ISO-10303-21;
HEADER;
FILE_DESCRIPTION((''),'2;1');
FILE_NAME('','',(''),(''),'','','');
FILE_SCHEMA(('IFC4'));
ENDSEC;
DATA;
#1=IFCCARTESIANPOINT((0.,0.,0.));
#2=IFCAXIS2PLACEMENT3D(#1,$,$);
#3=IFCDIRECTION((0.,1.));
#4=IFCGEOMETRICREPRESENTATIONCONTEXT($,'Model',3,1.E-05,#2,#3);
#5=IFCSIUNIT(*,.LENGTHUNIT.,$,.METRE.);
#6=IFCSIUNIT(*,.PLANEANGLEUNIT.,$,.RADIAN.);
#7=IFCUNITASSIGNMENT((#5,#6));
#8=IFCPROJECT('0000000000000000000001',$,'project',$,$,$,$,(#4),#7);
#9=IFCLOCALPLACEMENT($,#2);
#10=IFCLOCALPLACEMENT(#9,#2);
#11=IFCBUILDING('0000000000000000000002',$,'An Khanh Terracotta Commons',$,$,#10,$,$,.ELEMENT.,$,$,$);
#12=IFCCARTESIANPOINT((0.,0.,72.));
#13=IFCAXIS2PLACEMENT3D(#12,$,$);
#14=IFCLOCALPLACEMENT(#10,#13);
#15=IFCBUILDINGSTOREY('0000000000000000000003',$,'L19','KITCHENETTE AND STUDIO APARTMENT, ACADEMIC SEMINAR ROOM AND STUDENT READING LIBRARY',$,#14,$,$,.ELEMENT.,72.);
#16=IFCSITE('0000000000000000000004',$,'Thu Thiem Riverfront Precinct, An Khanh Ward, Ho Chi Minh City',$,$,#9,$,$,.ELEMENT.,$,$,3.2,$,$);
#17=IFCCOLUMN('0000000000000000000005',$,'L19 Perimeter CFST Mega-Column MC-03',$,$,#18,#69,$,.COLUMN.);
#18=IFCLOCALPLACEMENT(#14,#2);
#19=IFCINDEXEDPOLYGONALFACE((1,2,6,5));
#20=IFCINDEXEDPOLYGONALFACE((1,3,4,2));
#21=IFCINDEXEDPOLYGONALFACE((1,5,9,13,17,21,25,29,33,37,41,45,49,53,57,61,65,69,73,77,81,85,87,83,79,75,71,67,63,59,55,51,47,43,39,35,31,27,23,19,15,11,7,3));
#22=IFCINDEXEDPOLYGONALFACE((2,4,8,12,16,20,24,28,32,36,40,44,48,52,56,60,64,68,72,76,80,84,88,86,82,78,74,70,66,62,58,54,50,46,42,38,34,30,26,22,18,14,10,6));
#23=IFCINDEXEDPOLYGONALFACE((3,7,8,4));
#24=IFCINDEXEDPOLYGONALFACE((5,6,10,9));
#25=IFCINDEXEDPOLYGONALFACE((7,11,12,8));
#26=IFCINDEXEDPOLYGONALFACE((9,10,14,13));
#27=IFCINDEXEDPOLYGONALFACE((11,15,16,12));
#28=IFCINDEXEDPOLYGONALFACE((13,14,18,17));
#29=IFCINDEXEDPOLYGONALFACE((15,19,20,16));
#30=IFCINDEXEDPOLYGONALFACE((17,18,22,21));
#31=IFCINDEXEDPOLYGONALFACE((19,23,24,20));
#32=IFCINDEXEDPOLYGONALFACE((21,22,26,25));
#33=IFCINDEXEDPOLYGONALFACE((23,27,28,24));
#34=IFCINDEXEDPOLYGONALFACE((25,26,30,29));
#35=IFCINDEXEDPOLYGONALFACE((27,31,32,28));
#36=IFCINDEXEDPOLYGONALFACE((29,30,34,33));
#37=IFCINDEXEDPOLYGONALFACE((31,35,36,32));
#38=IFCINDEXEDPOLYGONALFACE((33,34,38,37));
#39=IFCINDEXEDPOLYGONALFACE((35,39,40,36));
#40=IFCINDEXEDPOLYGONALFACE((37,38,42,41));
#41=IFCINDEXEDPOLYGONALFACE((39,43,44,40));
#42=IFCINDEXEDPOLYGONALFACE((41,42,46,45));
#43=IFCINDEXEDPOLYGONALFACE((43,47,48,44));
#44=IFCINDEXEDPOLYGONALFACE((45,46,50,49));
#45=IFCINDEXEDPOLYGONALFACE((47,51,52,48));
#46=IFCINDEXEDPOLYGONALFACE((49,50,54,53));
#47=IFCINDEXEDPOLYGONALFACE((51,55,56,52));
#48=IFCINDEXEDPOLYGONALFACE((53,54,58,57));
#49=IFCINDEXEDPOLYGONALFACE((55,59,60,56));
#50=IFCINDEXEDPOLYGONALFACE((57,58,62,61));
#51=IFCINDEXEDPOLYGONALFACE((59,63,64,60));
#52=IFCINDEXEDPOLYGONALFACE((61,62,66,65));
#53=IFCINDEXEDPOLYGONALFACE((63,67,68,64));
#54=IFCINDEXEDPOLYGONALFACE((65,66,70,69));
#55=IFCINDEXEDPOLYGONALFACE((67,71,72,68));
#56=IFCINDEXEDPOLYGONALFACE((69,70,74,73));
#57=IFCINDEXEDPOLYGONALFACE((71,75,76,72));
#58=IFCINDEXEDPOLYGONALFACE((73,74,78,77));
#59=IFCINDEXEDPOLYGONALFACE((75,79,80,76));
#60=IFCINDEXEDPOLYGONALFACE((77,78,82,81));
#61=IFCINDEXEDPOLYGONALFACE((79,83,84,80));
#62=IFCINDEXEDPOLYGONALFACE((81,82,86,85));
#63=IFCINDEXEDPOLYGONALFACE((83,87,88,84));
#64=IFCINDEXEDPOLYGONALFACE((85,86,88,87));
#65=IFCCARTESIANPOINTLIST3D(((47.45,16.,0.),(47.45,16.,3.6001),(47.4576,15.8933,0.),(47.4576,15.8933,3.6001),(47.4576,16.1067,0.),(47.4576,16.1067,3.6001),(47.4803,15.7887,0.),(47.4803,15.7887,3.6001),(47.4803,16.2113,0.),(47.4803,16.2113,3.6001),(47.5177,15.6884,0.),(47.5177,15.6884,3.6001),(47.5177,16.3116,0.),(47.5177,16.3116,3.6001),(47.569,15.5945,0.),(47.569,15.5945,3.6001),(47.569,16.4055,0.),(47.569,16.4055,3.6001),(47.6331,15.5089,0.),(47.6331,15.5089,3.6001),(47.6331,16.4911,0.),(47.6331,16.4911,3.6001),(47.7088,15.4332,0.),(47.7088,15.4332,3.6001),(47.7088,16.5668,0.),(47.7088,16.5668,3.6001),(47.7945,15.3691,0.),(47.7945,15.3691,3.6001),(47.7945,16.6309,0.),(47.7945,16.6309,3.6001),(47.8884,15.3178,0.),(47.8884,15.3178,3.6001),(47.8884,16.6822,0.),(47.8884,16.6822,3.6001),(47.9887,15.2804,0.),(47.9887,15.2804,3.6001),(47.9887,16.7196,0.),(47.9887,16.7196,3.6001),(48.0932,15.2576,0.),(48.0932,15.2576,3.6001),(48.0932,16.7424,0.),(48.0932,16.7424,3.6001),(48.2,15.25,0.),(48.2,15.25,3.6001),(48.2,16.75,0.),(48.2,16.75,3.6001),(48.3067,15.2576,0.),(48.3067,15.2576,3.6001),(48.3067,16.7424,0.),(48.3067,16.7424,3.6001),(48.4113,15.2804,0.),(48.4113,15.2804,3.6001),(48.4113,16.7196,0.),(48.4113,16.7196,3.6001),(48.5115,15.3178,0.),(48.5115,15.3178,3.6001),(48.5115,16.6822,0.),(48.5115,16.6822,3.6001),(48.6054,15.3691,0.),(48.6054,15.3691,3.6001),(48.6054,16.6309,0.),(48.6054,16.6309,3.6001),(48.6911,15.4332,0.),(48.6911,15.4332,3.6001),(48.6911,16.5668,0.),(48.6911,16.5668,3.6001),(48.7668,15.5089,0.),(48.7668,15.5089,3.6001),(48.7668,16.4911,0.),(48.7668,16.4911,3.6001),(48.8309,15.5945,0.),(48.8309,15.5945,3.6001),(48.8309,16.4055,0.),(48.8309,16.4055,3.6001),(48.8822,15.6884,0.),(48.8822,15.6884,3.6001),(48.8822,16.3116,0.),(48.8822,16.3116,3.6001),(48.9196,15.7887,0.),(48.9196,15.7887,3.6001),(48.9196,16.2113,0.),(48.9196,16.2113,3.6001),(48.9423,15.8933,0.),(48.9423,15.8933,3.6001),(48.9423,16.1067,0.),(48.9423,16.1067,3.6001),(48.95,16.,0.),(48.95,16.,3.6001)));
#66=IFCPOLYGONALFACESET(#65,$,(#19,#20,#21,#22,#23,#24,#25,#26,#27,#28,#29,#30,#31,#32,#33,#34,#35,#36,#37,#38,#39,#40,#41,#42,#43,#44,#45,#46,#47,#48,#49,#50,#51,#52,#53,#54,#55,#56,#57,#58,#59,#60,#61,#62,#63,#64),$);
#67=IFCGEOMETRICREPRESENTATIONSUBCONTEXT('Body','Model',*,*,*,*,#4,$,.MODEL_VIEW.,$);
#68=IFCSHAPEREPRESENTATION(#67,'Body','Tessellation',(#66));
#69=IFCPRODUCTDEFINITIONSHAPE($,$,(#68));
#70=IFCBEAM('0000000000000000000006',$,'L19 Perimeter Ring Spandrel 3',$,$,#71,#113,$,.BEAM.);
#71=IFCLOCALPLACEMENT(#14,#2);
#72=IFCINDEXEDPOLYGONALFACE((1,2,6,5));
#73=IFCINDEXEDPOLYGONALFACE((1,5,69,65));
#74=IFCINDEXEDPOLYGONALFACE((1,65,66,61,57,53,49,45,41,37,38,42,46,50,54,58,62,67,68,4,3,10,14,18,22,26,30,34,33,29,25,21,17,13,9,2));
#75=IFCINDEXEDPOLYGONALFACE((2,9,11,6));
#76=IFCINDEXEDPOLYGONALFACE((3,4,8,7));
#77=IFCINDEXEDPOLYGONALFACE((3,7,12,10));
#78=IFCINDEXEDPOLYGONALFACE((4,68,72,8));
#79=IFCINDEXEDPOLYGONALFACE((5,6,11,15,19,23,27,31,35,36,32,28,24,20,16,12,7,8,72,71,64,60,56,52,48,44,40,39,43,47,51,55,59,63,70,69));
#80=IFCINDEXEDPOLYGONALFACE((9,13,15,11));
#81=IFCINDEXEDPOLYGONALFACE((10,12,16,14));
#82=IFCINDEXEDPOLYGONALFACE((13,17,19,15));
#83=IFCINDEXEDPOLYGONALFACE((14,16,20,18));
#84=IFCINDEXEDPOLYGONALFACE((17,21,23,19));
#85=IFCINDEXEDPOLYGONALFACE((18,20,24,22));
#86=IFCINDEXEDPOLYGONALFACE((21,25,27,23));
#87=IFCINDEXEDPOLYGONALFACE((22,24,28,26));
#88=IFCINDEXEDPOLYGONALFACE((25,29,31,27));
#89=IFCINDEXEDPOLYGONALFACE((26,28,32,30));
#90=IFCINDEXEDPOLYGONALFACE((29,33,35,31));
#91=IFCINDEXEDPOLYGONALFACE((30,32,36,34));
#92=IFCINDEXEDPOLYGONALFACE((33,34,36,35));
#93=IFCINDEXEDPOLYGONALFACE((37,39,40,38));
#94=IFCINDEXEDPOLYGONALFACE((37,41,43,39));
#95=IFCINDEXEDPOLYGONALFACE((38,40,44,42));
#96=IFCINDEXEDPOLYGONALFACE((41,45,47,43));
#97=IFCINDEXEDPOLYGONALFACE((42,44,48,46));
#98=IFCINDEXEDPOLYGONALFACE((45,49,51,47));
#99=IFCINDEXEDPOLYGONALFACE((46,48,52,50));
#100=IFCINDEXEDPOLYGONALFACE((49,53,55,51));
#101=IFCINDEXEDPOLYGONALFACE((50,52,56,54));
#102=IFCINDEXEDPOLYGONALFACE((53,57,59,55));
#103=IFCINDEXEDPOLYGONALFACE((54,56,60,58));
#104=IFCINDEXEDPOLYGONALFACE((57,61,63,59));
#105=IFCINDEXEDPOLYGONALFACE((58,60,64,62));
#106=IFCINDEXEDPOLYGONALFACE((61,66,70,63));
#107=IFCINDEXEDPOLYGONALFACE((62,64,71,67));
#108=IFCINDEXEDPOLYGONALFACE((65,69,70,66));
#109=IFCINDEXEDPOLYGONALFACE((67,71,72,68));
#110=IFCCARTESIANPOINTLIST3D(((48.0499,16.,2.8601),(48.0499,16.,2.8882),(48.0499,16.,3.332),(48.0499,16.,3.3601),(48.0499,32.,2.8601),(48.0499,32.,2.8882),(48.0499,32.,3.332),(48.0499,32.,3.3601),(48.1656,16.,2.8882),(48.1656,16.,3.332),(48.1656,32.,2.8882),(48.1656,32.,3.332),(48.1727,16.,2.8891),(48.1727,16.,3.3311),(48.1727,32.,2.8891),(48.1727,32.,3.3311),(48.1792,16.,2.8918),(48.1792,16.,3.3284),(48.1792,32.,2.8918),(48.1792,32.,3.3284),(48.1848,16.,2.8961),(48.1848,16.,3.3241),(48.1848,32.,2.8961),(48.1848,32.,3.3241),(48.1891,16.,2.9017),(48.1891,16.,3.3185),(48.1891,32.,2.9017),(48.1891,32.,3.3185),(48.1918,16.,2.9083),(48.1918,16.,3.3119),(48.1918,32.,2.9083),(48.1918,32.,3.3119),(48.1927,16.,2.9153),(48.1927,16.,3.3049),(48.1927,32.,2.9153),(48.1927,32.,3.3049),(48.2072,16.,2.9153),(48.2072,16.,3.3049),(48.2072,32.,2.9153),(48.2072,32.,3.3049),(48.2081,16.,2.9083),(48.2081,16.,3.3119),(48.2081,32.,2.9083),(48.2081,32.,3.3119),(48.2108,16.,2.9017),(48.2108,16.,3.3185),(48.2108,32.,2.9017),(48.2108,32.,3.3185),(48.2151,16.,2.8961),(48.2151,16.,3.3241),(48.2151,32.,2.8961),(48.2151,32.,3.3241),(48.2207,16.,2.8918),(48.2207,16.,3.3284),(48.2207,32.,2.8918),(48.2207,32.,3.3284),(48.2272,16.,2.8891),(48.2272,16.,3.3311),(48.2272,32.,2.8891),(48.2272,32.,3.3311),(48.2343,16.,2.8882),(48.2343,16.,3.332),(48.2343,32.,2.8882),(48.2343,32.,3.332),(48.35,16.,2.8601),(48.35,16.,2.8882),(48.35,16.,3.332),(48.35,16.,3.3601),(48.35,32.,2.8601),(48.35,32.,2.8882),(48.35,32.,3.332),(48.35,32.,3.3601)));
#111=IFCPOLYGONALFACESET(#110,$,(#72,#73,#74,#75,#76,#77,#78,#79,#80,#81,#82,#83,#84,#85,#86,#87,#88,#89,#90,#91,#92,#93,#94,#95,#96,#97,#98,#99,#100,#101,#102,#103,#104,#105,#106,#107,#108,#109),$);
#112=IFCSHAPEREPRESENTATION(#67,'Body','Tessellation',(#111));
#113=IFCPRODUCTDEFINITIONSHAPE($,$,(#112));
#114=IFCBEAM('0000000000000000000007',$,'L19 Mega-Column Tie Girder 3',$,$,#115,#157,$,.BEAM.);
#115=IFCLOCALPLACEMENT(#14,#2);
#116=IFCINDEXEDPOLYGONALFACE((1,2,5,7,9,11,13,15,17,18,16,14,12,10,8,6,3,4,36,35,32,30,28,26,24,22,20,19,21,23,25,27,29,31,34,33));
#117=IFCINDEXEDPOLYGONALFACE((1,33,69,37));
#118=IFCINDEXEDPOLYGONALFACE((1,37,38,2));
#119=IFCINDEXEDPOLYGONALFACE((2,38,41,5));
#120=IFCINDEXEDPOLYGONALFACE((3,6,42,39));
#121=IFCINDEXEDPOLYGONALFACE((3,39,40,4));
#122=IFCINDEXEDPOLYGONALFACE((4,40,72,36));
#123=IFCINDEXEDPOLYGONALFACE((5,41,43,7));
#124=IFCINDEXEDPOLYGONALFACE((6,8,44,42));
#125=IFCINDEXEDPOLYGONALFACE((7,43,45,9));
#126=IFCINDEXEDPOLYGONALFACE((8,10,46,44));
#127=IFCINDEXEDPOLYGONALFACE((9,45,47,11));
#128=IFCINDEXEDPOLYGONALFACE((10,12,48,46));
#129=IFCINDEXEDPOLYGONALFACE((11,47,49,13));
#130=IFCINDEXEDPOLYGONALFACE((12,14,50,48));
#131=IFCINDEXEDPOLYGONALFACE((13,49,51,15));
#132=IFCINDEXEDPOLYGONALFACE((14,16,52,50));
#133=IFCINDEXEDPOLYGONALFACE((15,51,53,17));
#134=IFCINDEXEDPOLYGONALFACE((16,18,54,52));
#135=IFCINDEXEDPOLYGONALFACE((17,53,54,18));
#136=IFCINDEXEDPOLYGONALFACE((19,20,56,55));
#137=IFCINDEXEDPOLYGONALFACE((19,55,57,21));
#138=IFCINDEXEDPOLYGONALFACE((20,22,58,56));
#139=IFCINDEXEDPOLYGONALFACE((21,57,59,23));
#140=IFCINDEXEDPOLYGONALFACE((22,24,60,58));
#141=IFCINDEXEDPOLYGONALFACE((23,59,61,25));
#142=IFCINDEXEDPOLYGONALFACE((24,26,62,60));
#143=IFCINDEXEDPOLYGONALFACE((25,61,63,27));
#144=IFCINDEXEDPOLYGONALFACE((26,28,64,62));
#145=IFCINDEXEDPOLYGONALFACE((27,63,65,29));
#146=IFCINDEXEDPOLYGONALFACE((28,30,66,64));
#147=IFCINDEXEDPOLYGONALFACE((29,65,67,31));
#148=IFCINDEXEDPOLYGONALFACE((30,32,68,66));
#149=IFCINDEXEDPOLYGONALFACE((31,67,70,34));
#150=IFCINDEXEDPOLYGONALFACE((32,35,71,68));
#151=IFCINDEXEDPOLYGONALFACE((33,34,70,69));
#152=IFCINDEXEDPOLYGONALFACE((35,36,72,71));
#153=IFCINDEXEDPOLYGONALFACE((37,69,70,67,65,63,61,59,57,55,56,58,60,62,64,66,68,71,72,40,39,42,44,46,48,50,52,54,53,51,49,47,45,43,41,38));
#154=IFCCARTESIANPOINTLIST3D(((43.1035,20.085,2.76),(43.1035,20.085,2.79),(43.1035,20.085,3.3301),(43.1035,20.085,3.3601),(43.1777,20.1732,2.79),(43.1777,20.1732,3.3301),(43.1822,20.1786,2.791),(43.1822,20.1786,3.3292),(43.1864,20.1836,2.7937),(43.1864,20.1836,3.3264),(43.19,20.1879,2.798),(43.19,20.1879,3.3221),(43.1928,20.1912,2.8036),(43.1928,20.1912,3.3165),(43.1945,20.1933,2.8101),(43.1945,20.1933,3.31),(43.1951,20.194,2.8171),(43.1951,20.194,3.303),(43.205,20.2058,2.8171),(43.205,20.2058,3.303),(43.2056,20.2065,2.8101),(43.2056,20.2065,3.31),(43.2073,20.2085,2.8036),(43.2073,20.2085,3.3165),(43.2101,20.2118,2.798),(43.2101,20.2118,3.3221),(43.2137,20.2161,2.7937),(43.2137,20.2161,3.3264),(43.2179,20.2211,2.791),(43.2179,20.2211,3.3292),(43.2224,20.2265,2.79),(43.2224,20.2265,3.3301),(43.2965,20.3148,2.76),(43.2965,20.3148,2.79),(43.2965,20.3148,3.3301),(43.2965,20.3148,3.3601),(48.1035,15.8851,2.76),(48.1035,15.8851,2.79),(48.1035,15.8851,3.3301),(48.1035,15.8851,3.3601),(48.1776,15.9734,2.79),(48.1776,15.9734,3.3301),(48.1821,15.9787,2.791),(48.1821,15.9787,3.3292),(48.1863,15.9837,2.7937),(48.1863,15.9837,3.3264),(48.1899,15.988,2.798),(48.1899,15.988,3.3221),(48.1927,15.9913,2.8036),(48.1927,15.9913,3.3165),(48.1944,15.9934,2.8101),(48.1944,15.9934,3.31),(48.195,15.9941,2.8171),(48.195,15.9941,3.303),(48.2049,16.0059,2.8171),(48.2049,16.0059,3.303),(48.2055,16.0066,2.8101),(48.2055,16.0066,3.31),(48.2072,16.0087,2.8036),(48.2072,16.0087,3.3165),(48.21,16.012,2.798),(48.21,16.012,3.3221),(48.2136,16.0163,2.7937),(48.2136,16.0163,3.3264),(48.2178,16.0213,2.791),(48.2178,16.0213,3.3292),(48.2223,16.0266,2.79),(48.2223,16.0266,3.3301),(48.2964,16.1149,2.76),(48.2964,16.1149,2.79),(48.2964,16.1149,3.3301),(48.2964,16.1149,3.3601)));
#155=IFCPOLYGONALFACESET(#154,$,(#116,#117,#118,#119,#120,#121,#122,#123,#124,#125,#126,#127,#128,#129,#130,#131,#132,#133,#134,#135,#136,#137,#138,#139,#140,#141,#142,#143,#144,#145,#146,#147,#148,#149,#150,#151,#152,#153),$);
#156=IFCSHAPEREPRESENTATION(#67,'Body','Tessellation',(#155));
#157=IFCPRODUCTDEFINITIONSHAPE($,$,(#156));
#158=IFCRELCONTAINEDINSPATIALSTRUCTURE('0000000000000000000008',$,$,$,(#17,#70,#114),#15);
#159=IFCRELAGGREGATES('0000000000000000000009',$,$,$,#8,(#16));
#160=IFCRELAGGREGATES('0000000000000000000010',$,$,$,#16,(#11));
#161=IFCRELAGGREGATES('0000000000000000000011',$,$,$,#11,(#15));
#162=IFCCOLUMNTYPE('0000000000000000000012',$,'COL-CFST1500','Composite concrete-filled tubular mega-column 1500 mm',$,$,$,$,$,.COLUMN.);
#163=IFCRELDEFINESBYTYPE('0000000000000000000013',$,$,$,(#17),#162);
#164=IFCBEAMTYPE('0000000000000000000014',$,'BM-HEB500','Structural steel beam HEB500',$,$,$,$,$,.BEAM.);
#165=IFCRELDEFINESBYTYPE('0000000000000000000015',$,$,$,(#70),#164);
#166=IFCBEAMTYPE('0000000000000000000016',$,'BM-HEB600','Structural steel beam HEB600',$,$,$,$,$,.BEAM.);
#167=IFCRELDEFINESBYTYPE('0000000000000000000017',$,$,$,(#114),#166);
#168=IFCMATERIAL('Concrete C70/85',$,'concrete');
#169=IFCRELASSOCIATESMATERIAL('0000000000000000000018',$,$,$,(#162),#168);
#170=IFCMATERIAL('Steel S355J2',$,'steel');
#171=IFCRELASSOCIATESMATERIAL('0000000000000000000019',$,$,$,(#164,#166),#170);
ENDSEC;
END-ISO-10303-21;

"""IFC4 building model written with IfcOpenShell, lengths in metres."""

from ifc_helpers import new_model, si_unit, direction, frame, origin, origin_2d, place, context, subcontext, project, spatial, circle, i_section, extrude, material, material_profile, profile_set, type_object, element, save


model = new_model("IFC4")

# Units and contexts
model_context = context("Model", 3, precision=1e-05, world=origin(), true_north=direction((0.0, 1.0)))
body_context = subcontext(model_context, "Body", "Model", "MODEL_VIEW")
ifc_project = project(units=[si_unit("LENGTHUNIT", "METRE"), si_unit("PLANEANGLEUNIT", "RADIAN")], contexts=[model_context])

# Site, building, storey
site_placement = place(None, origin())
site = spatial("IfcSite", under=ifc_project, at=site_placement, Name="Thu Thiem Riverfront Precinct, An Khanh Ward, Ho Chi Minh City", CompositionType="ELEMENT", RefElevation=3.2)
building_placement = place(site_placement, origin())
building = spatial("IfcBuilding", under=site, at=building_placement, Name="An Khanh Terracotta Commons", CompositionType="ELEMENT")
storey_placement = place(building_placement, frame((0.0, 0.0, 72.0)))
storey = spatial("IfcBuildingStorey", under=building, at=storey_placement, Name="L19", Description="KITCHENETTE AND STUDIO APARTMENT, ACADEMIC SEMINAR ROOM AND STUDENT READING LIBRARY", CompositionType="ELEMENT", Elevation=72.0)

# Column
ifc_material_1 = material(Name="Concrete C70/85", Category="concrete")
ifc_material_profile_1 = material_profile(ifc_material_1, circle(Radius=0.75, at=origin_2d()), Name="CFST1500")
ifc_profile_set_1 = profile_set([ifc_material_profile_1], Name="Concrete C70/85")
column_type = type_object("IfcColumnType", Name="COL-CFST1500", Description="Composite concrete-filled tubular mega-column 1500 mm", PredefinedType="COLUMN", material=ifc_profile_set_1)
column_placement = place(storey_placement, frame((48.2, 16.0, 0.0), z_axis=(0.0, 0.0, 1.0), x_axis=(1.0, 0.0, 0.0)))
element("IfcColumn", 1, at=column_placement, inside=storey, type_object=column_type, Name="L19 Perimeter CFST Mega-Column MC-03", PredefinedType="COLUMN", context=body_context, shape_type="SweptSolid", body=[
    extrude(circle(Radius=0.75, at=origin_2d()), origin(), (0.0, 0.0, 1.0), 3.6001),
])

# Beams
ifc_material_2 = material(Name="Steel S355J2", Category="steel")
ifc_material_profile_2 = material_profile(ifc_material_2, i_section(OverallWidth=0.3, OverallDepth=0.5, WebThickness=0.0144, FlangeThickness=0.0281, FilletRadius=0.0271, at=origin_2d()), Name="HEB500")
ifc_profile_set_2 = profile_set([ifc_material_profile_2], Name="Steel S355J2")
beam_type_1 = type_object("IfcBeamType", Name="BM-HEB500", Description="Structural steel beam HEB500", PredefinedType="BEAM", material=ifc_profile_set_2)
beam_1_placement = place(storey_placement, frame((48.2, 16.0, 3.1101), z_axis=(0.0, 1.0, 0.0), x_axis=(-1.0, 0.0, 0.0)))
element("IfcBeam", 2, at=beam_1_placement, inside=storey, type_object=beam_type_1, Name="L19 Perimeter Ring Spandrel 3", PredefinedType="BEAM", context=body_context, shape_type="SweptSolid", body=[
    extrude(i_section(OverallWidth=0.3, OverallDepth=0.5, WebThickness=0.0144, FlangeThickness=0.0281, FilletRadius=0.0271, at=origin_2d()), origin(), (0.0, 0.0, 1.0), 16.0),
])
ifc_material_profile_3 = material_profile(ifc_material_2, i_section(OverallWidth=0.3, OverallDepth=0.6001, WebThickness=0.0154, FlangeThickness=0.03, FilletRadius=0.0271, at=origin_2d()), Name="HEB600")
ifc_profile_set_3 = profile_set([ifc_material_profile_3], Name="Steel S355J2")
beam_type_2 = type_object("IfcBeamType", Name="BM-HEB600", Description="Structural steel beam HEB600", PredefinedType="BEAM", material=ifc_profile_set_3)
beam_2_placement = place(storey_placement, frame((48.2, 16.0, 3.0601), z_axis=(-0.765709, 0.643188, 0.0), x_axis=(-0.643188, -0.765709, 0.0)))
element("IfcBeam", 3, at=beam_2_placement, inside=storey, type_object=beam_type_2, Name="L19 Mega-Column Tie Girder 3", PredefinedType="BEAM", context=body_context, shape_type="SweptSolid", body=[
    extrude(i_section(OverallWidth=0.3, OverallDepth=0.6001, WebThickness=0.0154, FlangeThickness=0.03, FilletRadius=0.0271, at=origin_2d()), origin(), (0.0, 0.0, 1.0), 6.5298),
])

save(model, "model.ifc")
